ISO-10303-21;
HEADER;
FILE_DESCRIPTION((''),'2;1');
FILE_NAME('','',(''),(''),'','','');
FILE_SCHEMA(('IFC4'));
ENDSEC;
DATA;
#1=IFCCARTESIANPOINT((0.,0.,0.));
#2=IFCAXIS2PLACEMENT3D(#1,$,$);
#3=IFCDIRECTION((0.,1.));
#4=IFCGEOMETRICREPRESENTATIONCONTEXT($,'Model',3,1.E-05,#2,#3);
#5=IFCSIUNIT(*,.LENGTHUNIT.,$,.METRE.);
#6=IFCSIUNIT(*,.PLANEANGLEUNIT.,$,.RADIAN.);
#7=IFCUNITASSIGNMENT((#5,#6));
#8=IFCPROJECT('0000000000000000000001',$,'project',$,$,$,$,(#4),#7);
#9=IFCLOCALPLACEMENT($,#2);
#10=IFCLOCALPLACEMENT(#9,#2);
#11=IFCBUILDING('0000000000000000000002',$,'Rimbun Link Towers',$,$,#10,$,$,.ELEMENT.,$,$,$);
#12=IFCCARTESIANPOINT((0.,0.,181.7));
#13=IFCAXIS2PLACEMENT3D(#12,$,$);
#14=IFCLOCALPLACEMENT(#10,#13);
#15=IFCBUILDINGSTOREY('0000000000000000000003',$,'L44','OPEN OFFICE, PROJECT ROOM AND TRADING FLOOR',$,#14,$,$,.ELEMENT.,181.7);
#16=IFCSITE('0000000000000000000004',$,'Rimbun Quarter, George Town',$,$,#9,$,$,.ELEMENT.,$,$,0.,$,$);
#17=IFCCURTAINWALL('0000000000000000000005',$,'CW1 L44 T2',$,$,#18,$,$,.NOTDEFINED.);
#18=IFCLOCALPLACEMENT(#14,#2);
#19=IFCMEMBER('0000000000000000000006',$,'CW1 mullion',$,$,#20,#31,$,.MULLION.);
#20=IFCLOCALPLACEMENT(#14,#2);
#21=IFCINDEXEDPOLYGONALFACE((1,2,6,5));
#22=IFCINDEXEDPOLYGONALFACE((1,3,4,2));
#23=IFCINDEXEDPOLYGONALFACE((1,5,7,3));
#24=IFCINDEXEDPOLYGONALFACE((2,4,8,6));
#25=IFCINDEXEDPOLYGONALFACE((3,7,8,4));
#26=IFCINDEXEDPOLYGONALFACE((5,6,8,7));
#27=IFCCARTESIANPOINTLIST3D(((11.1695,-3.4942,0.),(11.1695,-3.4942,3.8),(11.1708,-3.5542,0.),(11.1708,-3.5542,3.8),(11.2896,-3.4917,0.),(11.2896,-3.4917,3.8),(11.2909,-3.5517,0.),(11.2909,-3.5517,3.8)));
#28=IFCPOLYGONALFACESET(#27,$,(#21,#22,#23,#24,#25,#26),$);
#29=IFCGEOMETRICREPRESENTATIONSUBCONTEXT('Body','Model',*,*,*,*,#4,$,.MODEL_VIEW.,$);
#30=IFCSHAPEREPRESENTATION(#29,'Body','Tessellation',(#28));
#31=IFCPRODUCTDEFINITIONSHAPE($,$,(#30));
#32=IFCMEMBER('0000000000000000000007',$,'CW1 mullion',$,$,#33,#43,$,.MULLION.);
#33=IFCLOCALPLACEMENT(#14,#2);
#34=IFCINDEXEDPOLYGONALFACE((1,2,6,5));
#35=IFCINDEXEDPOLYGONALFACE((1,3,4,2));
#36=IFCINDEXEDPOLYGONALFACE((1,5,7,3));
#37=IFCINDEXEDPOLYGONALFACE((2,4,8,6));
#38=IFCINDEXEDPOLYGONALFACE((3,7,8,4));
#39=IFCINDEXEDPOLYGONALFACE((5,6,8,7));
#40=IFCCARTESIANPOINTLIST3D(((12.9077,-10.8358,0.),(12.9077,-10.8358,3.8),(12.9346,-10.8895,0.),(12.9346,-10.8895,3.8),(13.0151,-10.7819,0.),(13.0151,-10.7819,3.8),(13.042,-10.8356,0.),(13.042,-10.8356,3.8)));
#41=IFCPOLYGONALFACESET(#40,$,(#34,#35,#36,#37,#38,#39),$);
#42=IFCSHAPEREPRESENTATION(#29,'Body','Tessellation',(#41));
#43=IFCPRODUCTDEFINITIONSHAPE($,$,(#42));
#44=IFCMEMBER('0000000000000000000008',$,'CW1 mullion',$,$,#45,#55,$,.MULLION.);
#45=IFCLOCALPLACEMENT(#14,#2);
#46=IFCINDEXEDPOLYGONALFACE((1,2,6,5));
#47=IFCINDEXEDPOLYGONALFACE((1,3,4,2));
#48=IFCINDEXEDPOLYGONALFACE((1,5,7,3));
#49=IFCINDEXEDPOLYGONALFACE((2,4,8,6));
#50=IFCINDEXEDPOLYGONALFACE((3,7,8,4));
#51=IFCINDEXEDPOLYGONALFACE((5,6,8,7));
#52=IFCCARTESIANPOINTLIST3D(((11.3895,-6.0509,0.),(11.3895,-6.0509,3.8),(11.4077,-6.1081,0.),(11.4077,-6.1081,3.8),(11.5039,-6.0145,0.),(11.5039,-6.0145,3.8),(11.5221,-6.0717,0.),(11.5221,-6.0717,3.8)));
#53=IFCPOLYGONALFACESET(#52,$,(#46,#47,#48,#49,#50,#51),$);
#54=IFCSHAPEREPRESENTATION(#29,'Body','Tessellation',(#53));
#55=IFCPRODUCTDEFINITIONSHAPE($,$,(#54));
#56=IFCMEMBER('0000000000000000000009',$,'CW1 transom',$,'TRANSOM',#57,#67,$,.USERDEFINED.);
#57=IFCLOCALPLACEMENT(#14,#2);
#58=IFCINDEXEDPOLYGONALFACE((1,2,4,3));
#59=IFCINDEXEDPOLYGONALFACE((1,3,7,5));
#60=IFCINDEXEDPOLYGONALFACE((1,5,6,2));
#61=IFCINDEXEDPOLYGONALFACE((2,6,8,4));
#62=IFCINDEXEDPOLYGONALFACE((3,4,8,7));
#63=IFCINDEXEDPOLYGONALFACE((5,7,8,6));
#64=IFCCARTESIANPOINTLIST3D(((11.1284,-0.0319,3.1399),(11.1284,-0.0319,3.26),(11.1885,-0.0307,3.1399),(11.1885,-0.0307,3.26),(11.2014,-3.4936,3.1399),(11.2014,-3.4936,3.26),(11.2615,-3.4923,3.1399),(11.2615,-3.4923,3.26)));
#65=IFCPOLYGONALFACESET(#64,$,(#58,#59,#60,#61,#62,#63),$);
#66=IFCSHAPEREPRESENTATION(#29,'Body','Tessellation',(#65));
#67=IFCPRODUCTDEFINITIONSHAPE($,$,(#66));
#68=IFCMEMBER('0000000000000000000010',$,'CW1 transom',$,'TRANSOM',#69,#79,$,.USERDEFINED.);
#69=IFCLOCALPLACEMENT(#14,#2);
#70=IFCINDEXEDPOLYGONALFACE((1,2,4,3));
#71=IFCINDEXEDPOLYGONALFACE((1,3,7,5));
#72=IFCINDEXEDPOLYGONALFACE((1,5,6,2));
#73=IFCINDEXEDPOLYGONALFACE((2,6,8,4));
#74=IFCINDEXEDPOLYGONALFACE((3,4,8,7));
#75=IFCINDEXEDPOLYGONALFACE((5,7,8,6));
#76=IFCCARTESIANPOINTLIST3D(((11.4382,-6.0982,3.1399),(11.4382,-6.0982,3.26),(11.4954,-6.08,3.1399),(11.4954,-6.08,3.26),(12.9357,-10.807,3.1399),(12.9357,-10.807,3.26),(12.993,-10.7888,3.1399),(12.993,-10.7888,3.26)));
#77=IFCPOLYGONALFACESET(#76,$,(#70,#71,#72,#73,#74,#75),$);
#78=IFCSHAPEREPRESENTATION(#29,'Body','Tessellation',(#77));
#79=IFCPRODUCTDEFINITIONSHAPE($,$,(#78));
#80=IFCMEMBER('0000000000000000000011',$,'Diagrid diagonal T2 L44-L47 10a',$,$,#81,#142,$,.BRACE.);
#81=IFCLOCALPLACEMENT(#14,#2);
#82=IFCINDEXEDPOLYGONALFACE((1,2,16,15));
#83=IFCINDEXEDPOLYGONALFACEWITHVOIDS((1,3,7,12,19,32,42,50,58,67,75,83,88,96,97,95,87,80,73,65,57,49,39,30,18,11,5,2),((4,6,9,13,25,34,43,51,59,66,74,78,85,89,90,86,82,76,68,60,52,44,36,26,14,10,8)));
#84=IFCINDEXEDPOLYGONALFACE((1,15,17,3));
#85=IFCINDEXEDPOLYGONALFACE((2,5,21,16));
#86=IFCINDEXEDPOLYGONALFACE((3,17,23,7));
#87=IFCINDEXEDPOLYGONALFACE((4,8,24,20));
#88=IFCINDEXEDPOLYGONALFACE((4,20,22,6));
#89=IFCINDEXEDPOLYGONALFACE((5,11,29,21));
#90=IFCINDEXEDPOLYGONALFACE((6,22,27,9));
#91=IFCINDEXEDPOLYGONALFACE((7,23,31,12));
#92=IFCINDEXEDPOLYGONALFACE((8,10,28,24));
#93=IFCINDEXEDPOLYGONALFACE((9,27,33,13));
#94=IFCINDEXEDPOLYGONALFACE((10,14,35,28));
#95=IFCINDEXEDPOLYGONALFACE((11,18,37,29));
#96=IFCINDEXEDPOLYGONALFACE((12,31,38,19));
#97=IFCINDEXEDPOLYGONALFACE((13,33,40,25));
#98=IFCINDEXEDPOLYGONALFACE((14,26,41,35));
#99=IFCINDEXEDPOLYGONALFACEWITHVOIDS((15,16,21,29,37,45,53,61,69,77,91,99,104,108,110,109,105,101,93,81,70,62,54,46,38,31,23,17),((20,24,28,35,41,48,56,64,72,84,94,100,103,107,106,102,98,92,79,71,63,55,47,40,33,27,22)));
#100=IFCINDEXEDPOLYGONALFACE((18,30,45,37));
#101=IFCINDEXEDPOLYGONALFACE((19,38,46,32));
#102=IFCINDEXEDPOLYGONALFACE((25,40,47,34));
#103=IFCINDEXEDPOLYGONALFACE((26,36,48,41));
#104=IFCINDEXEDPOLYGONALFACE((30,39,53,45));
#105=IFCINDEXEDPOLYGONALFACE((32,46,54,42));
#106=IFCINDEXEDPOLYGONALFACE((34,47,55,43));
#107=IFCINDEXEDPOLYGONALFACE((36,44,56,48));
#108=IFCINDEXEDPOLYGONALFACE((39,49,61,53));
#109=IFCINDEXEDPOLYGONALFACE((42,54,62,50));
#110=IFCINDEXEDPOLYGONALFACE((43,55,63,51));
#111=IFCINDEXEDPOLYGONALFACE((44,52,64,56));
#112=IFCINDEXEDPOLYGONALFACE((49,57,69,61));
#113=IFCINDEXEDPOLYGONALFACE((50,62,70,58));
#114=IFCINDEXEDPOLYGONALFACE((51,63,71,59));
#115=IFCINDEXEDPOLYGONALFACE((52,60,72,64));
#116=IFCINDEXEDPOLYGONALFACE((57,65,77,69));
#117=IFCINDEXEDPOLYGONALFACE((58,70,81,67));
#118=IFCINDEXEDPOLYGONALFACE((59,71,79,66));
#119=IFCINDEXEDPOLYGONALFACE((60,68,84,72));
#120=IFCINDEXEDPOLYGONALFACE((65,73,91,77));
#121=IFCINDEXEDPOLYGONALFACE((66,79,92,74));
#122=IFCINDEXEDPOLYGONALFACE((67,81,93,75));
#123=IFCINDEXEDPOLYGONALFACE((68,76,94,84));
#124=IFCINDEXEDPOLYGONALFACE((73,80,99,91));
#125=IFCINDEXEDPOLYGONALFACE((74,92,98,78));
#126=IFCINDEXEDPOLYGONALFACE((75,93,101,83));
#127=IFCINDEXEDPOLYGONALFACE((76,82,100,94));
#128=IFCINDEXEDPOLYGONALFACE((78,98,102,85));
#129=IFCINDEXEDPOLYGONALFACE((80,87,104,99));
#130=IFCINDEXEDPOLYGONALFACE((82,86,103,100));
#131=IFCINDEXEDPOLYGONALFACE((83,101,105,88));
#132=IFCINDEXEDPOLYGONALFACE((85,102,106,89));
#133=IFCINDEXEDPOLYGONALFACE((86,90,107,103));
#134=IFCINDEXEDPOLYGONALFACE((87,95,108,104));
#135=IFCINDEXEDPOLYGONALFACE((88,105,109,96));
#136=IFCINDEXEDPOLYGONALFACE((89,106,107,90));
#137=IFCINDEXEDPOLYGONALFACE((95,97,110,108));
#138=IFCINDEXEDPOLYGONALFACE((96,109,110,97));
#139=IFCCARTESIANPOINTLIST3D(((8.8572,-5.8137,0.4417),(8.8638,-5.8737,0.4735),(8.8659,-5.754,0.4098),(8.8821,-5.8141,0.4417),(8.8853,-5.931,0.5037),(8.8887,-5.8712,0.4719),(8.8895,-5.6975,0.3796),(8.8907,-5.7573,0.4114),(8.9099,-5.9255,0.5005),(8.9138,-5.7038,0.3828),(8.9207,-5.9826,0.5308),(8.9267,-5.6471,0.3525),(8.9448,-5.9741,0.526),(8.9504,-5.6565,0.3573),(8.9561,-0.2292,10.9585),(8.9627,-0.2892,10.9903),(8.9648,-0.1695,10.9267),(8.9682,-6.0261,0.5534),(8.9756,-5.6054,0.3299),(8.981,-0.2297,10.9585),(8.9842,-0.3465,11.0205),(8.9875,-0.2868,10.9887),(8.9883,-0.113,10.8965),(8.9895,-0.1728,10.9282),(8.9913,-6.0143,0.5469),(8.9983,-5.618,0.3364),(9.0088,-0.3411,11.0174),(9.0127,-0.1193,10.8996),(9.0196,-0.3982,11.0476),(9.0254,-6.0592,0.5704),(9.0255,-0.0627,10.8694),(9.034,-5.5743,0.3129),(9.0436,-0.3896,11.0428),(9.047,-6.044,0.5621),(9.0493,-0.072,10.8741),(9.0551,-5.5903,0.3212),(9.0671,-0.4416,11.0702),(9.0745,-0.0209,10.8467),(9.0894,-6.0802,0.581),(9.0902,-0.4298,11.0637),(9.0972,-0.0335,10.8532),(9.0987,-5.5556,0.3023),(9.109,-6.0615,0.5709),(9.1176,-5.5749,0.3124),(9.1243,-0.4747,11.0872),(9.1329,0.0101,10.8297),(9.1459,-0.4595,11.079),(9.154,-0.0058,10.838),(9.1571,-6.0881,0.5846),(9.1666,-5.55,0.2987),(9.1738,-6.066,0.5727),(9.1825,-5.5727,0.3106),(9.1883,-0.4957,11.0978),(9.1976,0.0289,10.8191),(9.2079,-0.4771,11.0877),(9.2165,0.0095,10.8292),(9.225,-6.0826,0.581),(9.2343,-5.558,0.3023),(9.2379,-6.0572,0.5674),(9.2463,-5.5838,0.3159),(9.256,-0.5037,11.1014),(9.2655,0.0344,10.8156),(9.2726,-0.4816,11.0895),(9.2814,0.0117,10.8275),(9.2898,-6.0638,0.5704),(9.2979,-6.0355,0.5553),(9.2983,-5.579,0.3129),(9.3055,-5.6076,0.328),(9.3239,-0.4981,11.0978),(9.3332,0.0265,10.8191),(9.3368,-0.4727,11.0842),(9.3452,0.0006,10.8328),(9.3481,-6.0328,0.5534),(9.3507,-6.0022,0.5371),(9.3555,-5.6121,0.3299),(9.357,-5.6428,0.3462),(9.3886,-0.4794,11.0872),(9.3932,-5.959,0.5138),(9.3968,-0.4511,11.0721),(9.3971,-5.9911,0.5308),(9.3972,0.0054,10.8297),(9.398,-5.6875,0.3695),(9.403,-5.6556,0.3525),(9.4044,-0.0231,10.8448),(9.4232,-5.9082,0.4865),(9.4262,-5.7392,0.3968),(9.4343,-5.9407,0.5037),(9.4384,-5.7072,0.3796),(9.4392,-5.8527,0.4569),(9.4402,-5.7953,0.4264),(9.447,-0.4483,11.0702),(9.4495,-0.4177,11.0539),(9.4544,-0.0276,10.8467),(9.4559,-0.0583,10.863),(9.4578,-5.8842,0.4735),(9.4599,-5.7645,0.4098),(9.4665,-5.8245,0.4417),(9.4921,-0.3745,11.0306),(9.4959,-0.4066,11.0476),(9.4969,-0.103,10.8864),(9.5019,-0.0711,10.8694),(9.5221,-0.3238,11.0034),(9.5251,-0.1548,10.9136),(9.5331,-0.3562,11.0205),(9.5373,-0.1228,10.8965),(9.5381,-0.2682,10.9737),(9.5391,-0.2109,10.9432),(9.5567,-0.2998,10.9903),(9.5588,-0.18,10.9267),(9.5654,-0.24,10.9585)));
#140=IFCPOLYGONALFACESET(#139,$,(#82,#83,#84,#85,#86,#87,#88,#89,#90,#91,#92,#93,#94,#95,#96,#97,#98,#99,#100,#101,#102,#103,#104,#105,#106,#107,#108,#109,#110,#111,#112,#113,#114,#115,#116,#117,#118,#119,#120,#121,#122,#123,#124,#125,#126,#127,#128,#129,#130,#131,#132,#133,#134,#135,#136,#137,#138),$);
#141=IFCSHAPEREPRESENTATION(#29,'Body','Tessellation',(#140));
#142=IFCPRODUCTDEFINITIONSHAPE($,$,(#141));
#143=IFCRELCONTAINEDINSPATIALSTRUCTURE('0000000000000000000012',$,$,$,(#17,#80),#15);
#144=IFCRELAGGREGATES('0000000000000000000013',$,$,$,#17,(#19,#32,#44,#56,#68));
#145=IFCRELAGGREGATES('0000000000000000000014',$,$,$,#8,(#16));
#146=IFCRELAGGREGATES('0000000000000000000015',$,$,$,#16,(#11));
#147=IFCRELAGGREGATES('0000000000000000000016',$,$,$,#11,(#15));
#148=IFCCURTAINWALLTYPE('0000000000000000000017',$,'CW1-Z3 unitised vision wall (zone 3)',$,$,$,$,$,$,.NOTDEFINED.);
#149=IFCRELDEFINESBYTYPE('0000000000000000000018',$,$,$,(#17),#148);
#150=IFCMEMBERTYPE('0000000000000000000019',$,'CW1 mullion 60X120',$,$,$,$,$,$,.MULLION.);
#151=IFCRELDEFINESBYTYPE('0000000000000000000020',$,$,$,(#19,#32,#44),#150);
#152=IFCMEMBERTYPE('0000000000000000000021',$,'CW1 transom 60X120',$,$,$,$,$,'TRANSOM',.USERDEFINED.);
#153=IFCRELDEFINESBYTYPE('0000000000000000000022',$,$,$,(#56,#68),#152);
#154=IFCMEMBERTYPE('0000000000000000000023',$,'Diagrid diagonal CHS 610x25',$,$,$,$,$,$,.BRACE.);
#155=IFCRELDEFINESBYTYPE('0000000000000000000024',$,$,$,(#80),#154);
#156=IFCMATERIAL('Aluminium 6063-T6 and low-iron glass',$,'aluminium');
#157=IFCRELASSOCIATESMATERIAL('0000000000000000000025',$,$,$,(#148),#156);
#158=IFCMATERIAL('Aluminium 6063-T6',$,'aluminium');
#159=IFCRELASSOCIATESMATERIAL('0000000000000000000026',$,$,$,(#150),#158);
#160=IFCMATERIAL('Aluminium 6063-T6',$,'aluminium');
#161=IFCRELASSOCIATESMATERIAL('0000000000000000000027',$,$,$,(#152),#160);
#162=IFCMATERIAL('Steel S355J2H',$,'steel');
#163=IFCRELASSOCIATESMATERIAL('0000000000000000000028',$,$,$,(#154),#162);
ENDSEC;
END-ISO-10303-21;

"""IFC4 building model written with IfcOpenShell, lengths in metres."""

from ifc_helpers import new_model, si_unit, direction, frame, origin, origin_2d, place, context, subcontext, project, spatial, rectangle, hollow_circle, extrude, material, material_profile, profile_set, type_object, element, aggregate, save


model = new_model("IFC4")

# Units and contexts
model_context = context("Model", 3, precision=1e-05, world=origin(), true_north=direction((0.0, 1.0)))
body_context = subcontext(model_context, "Body", "Model", "MODEL_VIEW")
ifc_project = project(units=[si_unit("LENGTHUNIT", "METRE"), si_unit("PLANEANGLEUNIT", "RADIAN")], contexts=[model_context])

# Site, building, storey
site_placement = place(None, origin())
site = spatial("IfcSite", under=ifc_project, at=site_placement, Name="Rimbun Quarter, George Town", CompositionType="ELEMENT", RefElevation=0.0)
building_placement = place(site_placement, origin())
building = spatial("IfcBuilding", under=site, at=building_placement, Name="Rimbun Link Towers", CompositionType="ELEMENT")
storey_placement = place(building_placement, frame((0.0, 0.0, 181.7)))
storey = spatial("IfcBuildingStorey", under=building, at=storey_placement, Name="L44", Description="OPEN OFFICE, PROJECT ROOM AND TRADING FLOOR", CompositionType="ELEMENT", Elevation=181.7)

# Curtain wall, members
ifc_material_1 = material(Name="Aluminium 6063-T6 and low-iron glass", Category="aluminium")
curtain_wall_type = type_object("IfcCurtainWallType", Name="CW1-Z3 unitised vision wall (zone 3)", PredefinedType="NOTDEFINED", material=ifc_material_1)
curtain_wall_placement = place(storey_placement, origin())
curtain_wall = element("IfcCurtainWall", 1, at=curtain_wall_placement, inside=storey, type_object=curtain_wall_type, Name="CW1 L44 T2", PredefinedType="NOTDEFINED")
ifc_material_2 = material(Name="Aluminium 6063-T6", Category="aluminium")
ifc_material_profile_1 = material_profile(ifc_material_2, rectangle(XDim=0.1201, YDim=0.0601, at=origin_2d()), Name="MULLION 60X120")
ifc_profile_set_1 = profile_set([ifc_material_profile_1], Name="Aluminium 6063-T6")
member_type_1 = type_object("IfcMemberType", Name="CW1 mullion 60X120", PredefinedType="MULLION", material=ifc_profile_set_1)
member_1_placement = place(storey_placement, frame((11.2302, -3.5229, 0.0), z_axis=(0.0, 0.0, 1.0), x_axis=(-0.999778, -0.021069, 0.0)))
member_1 = element("IfcMember", 2, at=member_1_placement, type_object=member_type_1, Name="CW1 mullion", PredefinedType="MULLION", context=body_context, shape_type="SweptSolid", body=[
    extrude(rectangle(XDim=0.1201, YDim=0.0601, at=origin_2d()), origin(), (0.0, 0.0, 1.0), 3.8),
])
member_2_placement = place(storey_placement, frame((12.9749, -10.8357, 0.0), z_axis=(0.0, 0.0, 1.0), x_axis=(-0.893748, -0.44857, 0.0)))
member_2 = element("IfcMember", 3, at=member_2_placement, type_object=member_type_1, Name="CW1 mullion", PredefinedType="MULLION", context=body_context, shape_type="SweptSolid", body=[
    extrude(rectangle(XDim=0.1201, YDim=0.0601, at=origin_2d()), origin(), (0.0, 0.0, 1.0), 3.8),
])
member_3_placement = place(storey_placement, frame((11.4558, -6.0613, 0.0), z_axis=(0.0, 0.0, 1.0), x_axis=(-0.952974, -0.303053, 0.0)))
member_3 = element("IfcMember", 4, at=member_3_placement, type_object=member_type_1, Name="CW1 mullion", PredefinedType="MULLION", context=body_context, shape_type="SweptSolid", body=[
    extrude(rectangle(XDim=0.1201, YDim=0.0601, at=origin_2d()), origin(), (0.0, 0.0, 1.0), 3.8),
])
ifc_material_3 = material(Name="Aluminium 6063-T6", Category="aluminium")
ifc_material_profile_2 = material_profile(ifc_material_3, rectangle(XDim=0.0601, YDim=0.1201, at=origin_2d()), Name="TRANSOM 60X120")
ifc_profile_set_2 = profile_set([ifc_material_profile_2], Name="Aluminium 6063-T6")
member_type_2 = type_object("IfcMemberType", Name="CW1 transom 60X120", ElementType="TRANSOM", PredefinedType="USERDEFINED", material=ifc_profile_set_2)
member_4_placement = place(storey_placement, frame((11.2314, -3.4929, 3.2), z_axis=(-0.021083, 0.999778, 0.0), x_axis=(-0.999778, -0.021083, 0.0)))
member_4 = element("IfcMember", 5, at=member_4_placement, type_object=member_type_2, Name="CW1 transom", ObjectType="TRANSOM", PredefinedType="USERDEFINED", context=body_context, shape_type="SweptSolid", body=[
    extrude(rectangle(XDim=0.0601, YDim=0.1201, at=origin_2d()), origin(), (0.0, 0.0, 1.0), 3.4624),
])
member_5_placement = place(storey_placement, frame((12.9644, -10.7979, 3.2), z_axis=(-0.303079, 0.952965, 0.0), x_axis=(-0.952965, -0.303079, 0.0)))
member_5 = element("IfcMember", 6, at=member_5_placement, type_object=member_type_2, Name="CW1 transom", ObjectType="TRANSOM", PredefinedType="USERDEFINED", context=body_context, shape_type="SweptSolid", body=[
    extrude(rectangle(XDim=0.0601, YDim=0.1201, at=origin_2d()), origin(), (0.0, 0.0, 1.0), 4.9412),
])

# Member
ifc_material_4 = material(Name="Steel S355J2H", Category="steel")
ifc_material_profile_3 = material_profile(ifc_material_4, hollow_circle(Radius=0.3047, WallThickness=0.0249, at=origin_2d()), Name="Diagrid diagonal CHS 610x25")
ifc_profile_set_3 = profile_set([ifc_material_profile_3], Name="Steel S355J2H")
member_type_3 = type_object("IfcMemberType", Name="Diagrid diagonal CHS 610x25", PredefinedType="BRACE", material=ifc_profile_set_3)
member_6_placement = place(storey_placement, frame((9.1619, -5.8191, 0.4417), z_axis=(0.008303, 0.468969, 0.883176), x_axis=(-0.999843, 0.017703, 0.0)))
element("IfcMember", 7, at=member_6_placement, inside=storey, type_object=member_type_3, Name="Diagrid diagonal T2 L44-L47 10a", PredefinedType="BRACE", context=body_context, shape_type="SweptSolid", body=[
    extrude(hollow_circle(Radius=0.3047, WallThickness=0.0249, at=origin_2d()), origin(), (0.0, 0.0, 1.0), 11.908),
])

aggregate(curtain_wall, [member_1, member_2, member_3, member_4, member_5])

save(model, "model.ifc")
